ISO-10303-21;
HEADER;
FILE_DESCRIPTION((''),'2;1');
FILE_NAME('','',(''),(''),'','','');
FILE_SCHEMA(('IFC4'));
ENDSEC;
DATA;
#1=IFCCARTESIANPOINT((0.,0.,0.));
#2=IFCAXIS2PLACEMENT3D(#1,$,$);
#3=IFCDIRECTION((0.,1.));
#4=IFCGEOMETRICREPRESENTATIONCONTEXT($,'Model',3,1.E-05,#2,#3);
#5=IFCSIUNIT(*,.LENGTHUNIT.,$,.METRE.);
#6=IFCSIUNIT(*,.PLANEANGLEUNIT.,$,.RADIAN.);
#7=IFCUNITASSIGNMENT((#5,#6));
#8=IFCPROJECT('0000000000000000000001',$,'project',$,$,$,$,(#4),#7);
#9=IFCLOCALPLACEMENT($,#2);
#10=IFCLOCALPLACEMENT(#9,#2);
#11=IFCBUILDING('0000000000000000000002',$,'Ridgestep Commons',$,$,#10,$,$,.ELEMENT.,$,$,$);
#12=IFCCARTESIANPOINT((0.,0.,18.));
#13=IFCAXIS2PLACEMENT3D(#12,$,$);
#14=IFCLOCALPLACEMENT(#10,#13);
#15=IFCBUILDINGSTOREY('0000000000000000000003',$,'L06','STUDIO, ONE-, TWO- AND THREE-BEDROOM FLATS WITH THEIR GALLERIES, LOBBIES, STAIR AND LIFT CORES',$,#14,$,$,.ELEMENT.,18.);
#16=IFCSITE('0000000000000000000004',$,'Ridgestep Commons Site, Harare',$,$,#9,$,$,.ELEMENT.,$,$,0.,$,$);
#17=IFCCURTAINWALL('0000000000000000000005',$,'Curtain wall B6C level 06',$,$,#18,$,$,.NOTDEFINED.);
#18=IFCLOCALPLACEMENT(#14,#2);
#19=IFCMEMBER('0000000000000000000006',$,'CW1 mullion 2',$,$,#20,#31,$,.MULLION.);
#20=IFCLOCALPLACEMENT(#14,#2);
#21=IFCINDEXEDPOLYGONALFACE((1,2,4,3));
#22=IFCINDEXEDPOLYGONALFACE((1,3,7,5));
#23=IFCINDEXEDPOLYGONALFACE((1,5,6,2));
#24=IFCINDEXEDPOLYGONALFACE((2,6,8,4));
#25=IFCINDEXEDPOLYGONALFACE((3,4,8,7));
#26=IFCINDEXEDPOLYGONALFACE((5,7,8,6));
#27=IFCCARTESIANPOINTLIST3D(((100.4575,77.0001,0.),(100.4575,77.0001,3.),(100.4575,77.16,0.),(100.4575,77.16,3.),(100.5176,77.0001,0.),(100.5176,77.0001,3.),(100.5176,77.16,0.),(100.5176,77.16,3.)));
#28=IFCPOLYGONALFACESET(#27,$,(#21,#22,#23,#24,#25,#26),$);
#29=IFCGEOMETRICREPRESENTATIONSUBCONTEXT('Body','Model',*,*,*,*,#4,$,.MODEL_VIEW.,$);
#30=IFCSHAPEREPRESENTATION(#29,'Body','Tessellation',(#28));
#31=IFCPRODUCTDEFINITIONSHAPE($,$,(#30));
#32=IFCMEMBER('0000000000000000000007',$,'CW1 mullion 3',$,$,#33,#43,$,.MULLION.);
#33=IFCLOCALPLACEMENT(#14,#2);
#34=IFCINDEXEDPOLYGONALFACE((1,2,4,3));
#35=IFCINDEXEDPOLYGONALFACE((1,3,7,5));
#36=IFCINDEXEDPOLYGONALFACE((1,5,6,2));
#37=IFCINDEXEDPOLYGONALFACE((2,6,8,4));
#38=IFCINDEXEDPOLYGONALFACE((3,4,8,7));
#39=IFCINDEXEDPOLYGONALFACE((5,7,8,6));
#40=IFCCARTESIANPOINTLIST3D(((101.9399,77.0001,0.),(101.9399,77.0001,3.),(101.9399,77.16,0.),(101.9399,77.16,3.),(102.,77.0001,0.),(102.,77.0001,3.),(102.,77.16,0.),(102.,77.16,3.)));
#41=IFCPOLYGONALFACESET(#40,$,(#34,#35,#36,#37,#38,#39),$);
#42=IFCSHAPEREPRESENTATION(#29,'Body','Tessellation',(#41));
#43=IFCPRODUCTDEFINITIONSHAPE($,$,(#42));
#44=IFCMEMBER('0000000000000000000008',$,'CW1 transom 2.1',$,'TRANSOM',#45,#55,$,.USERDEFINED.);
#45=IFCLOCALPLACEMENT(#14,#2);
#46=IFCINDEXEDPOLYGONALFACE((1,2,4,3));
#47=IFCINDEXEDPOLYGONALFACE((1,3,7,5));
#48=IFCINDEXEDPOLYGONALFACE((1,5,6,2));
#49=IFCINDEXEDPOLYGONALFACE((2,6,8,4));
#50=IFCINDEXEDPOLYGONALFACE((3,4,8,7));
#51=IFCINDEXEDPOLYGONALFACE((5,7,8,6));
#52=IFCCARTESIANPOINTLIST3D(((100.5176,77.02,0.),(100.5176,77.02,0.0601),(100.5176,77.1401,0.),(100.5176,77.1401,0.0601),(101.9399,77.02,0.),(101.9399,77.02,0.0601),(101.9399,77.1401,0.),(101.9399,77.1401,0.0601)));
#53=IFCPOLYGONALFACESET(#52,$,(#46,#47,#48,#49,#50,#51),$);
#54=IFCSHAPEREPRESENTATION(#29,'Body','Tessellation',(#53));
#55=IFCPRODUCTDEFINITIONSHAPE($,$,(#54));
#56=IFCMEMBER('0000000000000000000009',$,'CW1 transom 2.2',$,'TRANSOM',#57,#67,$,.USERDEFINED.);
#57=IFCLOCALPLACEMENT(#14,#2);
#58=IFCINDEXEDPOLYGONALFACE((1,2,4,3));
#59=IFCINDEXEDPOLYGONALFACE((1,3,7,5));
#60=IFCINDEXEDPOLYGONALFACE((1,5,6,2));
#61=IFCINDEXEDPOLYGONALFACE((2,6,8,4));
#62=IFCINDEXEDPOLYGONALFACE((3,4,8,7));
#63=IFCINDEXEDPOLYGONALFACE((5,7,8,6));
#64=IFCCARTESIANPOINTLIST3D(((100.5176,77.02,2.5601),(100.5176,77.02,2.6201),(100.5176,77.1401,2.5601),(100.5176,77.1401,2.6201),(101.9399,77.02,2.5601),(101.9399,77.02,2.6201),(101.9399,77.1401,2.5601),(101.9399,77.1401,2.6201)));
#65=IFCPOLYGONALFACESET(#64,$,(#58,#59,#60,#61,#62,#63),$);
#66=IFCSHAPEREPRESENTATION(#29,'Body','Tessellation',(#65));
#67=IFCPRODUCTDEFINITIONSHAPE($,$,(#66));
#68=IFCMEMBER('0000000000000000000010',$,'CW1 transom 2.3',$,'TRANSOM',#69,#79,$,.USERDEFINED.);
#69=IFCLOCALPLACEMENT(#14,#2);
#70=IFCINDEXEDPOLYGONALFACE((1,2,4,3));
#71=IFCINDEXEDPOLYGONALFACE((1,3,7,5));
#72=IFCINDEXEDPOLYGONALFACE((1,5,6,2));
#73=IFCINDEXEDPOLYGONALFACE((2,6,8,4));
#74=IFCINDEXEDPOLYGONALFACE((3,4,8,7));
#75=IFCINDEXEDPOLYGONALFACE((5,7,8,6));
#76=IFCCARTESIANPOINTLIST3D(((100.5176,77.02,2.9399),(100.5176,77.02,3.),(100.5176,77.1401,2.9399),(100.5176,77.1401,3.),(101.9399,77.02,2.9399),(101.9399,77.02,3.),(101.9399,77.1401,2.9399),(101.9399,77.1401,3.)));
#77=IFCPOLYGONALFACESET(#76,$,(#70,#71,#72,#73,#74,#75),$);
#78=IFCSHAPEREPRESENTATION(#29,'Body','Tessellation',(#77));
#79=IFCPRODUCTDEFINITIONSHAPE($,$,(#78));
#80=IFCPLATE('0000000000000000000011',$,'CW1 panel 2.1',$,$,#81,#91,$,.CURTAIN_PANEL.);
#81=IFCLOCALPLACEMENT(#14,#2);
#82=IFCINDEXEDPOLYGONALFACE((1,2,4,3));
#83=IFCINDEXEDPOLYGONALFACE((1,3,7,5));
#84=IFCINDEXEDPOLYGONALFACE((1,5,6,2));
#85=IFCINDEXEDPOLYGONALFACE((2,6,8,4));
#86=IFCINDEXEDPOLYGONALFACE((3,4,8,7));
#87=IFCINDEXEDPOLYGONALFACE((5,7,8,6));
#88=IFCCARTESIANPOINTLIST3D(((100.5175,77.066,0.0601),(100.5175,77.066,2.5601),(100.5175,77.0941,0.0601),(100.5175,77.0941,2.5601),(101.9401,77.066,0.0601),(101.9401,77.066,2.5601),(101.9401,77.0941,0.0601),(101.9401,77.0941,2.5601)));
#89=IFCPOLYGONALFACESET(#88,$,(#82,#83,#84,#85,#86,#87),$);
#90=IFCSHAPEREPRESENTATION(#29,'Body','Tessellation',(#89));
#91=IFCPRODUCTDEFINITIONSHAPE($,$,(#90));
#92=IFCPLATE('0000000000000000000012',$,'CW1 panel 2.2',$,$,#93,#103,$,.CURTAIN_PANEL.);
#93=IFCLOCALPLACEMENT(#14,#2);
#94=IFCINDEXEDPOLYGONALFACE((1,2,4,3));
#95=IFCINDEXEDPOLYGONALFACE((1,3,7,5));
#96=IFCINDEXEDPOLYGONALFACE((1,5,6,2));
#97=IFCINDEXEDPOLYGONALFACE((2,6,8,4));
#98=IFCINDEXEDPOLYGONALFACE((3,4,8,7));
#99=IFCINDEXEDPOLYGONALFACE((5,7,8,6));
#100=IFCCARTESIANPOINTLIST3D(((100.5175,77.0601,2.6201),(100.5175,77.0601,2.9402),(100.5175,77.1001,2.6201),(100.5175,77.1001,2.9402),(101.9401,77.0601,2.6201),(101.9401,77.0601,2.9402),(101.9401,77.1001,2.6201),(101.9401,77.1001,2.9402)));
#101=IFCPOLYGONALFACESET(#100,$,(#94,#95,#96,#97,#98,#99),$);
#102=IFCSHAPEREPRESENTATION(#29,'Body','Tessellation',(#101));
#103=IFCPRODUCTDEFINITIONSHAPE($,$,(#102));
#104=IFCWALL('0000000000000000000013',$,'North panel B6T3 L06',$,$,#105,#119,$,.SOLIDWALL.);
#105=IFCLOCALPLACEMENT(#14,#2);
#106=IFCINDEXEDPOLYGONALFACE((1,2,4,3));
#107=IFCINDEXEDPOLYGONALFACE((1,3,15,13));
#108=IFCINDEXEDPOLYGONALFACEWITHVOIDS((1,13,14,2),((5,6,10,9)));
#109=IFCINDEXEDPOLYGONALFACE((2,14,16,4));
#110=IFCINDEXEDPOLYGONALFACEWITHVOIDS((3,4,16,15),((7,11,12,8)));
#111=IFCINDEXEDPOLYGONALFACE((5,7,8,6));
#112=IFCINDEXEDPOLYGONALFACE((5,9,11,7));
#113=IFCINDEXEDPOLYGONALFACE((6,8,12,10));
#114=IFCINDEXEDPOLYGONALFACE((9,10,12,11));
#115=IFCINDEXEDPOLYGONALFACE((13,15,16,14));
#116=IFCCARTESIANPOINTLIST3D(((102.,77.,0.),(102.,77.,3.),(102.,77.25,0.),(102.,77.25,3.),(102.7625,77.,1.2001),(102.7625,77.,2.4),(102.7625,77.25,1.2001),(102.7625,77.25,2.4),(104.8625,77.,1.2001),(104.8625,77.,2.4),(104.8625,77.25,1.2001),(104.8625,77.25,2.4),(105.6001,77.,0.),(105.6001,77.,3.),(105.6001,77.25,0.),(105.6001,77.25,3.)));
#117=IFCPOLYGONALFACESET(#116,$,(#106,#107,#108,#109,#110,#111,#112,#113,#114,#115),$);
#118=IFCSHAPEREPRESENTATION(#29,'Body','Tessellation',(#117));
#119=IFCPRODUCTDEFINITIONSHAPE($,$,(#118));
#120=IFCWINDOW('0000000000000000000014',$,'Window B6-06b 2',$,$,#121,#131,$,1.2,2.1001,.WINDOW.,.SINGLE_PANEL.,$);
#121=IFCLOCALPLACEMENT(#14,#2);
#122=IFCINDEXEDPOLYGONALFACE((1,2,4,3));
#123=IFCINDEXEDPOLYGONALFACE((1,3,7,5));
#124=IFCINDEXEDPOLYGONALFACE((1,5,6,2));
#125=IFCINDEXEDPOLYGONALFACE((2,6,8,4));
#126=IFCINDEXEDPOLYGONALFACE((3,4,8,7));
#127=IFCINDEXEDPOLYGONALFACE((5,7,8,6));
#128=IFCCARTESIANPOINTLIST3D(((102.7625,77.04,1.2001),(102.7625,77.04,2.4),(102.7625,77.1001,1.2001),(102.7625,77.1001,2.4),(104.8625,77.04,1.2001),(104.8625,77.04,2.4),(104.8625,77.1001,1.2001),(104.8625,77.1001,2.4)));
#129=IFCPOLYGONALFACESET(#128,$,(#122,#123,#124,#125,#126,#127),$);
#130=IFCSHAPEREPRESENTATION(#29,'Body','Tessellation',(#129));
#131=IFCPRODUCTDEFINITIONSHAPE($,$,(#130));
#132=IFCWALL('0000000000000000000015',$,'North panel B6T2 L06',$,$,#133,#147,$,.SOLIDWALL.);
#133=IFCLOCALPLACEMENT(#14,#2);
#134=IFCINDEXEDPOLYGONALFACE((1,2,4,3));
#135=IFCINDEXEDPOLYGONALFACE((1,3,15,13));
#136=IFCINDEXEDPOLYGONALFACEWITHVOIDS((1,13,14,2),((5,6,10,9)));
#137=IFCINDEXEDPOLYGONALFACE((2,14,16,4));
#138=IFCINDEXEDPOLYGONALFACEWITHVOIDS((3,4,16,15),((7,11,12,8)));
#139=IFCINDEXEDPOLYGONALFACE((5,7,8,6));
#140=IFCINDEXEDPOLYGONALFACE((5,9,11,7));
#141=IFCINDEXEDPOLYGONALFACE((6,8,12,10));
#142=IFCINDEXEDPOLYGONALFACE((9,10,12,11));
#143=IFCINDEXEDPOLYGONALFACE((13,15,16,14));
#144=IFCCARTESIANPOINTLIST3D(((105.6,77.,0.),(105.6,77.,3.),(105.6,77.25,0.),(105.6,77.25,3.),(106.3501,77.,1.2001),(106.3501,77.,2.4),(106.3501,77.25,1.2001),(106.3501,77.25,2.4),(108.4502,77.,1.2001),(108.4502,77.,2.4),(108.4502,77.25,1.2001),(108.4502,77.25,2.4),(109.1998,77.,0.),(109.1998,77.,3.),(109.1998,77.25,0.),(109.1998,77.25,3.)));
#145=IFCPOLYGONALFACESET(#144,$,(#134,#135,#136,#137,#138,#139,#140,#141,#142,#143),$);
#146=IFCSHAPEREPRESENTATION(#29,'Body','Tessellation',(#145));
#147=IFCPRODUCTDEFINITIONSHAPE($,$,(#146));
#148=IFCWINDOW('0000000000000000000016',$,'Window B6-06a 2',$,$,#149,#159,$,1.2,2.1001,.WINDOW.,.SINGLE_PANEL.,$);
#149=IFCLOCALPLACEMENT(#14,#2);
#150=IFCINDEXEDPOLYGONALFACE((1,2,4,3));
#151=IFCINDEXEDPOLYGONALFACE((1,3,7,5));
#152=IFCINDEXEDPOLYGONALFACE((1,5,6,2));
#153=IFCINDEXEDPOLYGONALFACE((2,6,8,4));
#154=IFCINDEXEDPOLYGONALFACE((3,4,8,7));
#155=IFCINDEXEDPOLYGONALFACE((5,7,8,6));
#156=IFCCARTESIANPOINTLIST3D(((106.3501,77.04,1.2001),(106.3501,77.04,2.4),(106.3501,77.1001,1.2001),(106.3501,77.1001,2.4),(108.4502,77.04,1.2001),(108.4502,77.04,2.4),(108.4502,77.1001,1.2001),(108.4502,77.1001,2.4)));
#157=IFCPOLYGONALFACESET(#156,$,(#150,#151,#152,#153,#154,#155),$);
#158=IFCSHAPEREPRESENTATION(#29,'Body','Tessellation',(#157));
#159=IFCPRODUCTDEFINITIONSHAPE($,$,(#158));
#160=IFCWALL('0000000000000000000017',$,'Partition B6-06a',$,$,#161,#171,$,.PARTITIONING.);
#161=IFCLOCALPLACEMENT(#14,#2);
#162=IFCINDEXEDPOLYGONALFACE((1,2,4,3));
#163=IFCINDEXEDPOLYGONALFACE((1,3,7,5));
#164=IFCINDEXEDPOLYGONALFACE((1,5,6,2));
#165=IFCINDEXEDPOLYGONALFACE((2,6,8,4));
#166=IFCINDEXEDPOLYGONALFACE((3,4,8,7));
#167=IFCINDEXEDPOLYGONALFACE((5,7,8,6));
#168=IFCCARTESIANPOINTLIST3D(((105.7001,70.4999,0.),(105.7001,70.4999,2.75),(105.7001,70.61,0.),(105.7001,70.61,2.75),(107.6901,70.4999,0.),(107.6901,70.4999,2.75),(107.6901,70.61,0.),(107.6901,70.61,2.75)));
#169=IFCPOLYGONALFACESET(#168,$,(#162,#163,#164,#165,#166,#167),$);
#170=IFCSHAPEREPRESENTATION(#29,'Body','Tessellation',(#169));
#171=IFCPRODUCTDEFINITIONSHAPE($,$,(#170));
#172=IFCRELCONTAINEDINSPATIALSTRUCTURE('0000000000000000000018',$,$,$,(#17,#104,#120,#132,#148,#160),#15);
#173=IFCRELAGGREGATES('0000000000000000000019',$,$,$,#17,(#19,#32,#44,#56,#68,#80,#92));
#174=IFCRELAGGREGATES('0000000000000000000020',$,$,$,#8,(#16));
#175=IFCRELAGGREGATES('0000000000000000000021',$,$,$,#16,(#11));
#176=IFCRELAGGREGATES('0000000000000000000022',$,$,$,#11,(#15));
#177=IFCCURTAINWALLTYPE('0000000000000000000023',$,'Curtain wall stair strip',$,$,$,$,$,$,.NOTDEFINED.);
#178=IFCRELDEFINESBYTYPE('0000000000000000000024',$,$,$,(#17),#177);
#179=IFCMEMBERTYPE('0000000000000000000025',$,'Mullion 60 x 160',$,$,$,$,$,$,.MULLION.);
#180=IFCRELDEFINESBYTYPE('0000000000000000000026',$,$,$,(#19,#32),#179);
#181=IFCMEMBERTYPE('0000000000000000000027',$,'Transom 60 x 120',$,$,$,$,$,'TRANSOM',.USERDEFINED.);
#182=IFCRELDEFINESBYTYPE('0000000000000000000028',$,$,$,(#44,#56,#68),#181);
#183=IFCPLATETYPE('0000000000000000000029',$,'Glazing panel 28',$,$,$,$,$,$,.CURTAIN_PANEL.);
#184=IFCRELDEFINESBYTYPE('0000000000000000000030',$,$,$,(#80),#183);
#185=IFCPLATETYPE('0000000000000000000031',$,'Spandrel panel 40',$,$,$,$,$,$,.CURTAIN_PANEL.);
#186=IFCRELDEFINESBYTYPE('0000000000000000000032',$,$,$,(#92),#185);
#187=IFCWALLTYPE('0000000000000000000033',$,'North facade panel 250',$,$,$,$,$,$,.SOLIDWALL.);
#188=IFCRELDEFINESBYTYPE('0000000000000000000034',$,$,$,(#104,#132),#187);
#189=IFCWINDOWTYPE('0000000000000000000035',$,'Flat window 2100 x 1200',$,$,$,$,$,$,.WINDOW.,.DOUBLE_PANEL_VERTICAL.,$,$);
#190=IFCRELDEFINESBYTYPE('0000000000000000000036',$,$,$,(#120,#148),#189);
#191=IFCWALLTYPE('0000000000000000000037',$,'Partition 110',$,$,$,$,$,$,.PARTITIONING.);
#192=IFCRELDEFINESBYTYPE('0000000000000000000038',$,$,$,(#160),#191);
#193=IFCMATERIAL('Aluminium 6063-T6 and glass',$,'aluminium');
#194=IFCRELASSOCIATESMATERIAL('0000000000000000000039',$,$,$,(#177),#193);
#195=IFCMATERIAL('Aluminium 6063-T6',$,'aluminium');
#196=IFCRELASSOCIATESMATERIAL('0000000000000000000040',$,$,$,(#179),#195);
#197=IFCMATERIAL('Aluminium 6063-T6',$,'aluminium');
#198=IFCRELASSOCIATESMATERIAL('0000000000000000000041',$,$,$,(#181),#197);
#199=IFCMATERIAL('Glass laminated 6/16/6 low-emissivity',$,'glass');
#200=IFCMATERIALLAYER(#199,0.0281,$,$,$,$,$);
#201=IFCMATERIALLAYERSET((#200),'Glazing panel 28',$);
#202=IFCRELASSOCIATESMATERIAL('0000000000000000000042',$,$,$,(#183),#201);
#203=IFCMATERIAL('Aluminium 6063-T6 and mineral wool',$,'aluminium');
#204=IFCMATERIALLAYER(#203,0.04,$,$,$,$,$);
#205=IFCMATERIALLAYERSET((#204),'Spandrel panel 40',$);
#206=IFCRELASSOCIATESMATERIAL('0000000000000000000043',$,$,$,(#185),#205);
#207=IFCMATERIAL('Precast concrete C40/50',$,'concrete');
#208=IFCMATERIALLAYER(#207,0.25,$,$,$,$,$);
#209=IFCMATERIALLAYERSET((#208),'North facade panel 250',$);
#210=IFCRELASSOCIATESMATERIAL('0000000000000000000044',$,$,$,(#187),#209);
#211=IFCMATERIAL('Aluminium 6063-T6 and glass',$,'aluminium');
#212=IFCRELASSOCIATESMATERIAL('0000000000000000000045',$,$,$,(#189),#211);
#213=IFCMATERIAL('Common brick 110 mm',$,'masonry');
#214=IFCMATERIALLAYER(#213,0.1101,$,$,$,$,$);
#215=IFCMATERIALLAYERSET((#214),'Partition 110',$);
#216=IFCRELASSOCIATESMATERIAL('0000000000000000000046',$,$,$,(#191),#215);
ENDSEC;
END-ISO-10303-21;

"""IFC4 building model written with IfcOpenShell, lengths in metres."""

from ifc_helpers import new_model, si_unit, direction, frame, frame_2d, origin, origin_2d, place, context, subcontext, project, spatial, rectangle, extrude, material, layer, layer_set, material_profile, profile_set, type_object, element, fill, aggregate, save


model = new_model("IFC4")

# Units and contexts
model_context = context("Model", 3, precision=1e-05, world=origin(), true_north=direction((0.0, 1.0)))
body_context = subcontext(model_context, "Body", "Model", "MODEL_VIEW")
ifc_project = project(units=[si_unit("LENGTHUNIT", "METRE"), si_unit("PLANEANGLEUNIT", "RADIAN")], contexts=[model_context])

# Site, building, storey
site_placement = place(None, origin())
site = spatial("IfcSite", under=ifc_project, at=site_placement, Name="Ridgestep Commons Site, Harare", CompositionType="ELEMENT", RefElevation=0.0)
building_placement = place(site_placement, origin())
building = spatial("IfcBuilding", under=site, at=building_placement, Name="Ridgestep Commons", CompositionType="ELEMENT")
storey_placement = place(building_placement, frame((0.0, 0.0, 18.0)))
storey = spatial("IfcBuildingStorey", under=building, at=storey_placement, Name="L06", Description="STUDIO, ONE-, TWO- AND THREE-BEDROOM FLATS WITH THEIR GALLERIES, LOBBIES, STAIR AND LIFT CORES", CompositionType="ELEMENT", Elevation=18.0)

# Curtain wall, members, plates
ifc_material_1 = material(Name="Aluminium 6063-T6 and glass", Category="aluminium")
curtain_wall_type = type_object("IfcCurtainWallType", Name="Curtain wall stair strip", PredefinedType="NOTDEFINED", material=ifc_material_1)
curtain_wall_placement = place(storey_placement, origin())
curtain_wall = element("IfcCurtainWall", 1, at=curtain_wall_placement, inside=storey, type_object=curtain_wall_type, Name="Curtain wall B6C level 06", PredefinedType="NOTDEFINED")
ifc_material_2 = material(Name="Aluminium 6063-T6", Category="aluminium")
ifc_material_profile_1 = material_profile(ifc_material_2, rectangle(XDim=0.1599, YDim=0.0601, at=origin_2d()), Name="Mullion 60 x 160")
ifc_profile_set_1 = profile_set([ifc_material_profile_1], Name="Aluminium 6063-T6")
member_type_1 = type_object("IfcMemberType", Name="Mullion 60 x 160", PredefinedType="MULLION", material=ifc_profile_set_1)
member_1_placement = place(storey_placement, frame((100.4875, 77.0801, 0.0), z_axis=(0.0, 0.0, 1.0), x_axis=(0.0, 1.0, 0.0)))
member_1 = element("IfcMember", 2, at=member_1_placement, type_object=member_type_1, Name="CW1 mullion 2", PredefinedType="MULLION", context=body_context, shape_type="SweptSolid", body=[
    extrude(rectangle(XDim=0.1599, YDim=0.0601, at=origin_2d()), origin(), (0.0, 0.0, 1.0), 3.0),
])
member_2_placement = place(storey_placement, frame((101.97, 77.0801, 0.0), z_axis=(0.0, 0.0, 1.0), x_axis=(0.0, 1.0, 0.0)))
member_2 = element("IfcMember", 3, at=member_2_placement, type_object=member_type_1, Name="CW1 mullion 3", PredefinedType="MULLION", context=body_context, shape_type="SweptSolid", body=[
    extrude(rectangle(XDim=0.1599, YDim=0.0601, at=origin_2d()), origin(), (0.0, 0.0, 1.0), 3.0),
])
ifc_material_3 = material(Name="Aluminium 6063-T6", Category="aluminium")
ifc_material_profile_2 = material_profile(ifc_material_3, rectangle(XDim=0.1201, YDim=0.0601, at=origin_2d()), Name="Transom 60 x 120")
ifc_profile_set_2 = profile_set([ifc_material_profile_2], Name="Aluminium 6063-T6")
member_type_2 = type_object("IfcMemberType", Name="Transom 60 x 120", ElementType="TRANSOM", PredefinedType="USERDEFINED", material=ifc_profile_set_2)
member_3_placement = place(storey_placement, frame((100.5176, 77.0801, 0.03), z_axis=(1.0, 0.0, 0.0), x_axis=(0.0, 1.0, 0.0)))
member_3 = element("IfcMember", 4, at=member_3_placement, type_object=member_type_2, Name="CW1 transom 2.1", ObjectType="TRANSOM", PredefinedType="USERDEFINED", context=body_context, shape_type="SweptSolid", body=[
    extrude(rectangle(XDim=0.1201, YDim=0.0601, at=origin_2d()), origin(), (0.0, 0.0, 1.0), 1.4224),
])
member_4_placement = place(storey_placement, frame((100.5176, 77.0801, 2.5901), z_axis=(1.0, 0.0, 0.0), x_axis=(0.0, 1.0, 0.0)))
member_4 = element("IfcMember", 5, at=member_4_placement, type_object=member_type_2, Name="CW1 transom 2.2", ObjectType="TRANSOM", PredefinedType="USERDEFINED", context=body_context, shape_type="SweptSolid", body=[
    extrude(rectangle(XDim=0.1201, YDim=0.0601, at=origin_2d()), origin(), (0.0, 0.0, 1.0), 1.4224),
])
member_5_placement = place(storey_placement, frame((100.5176, 77.0801, 2.97), z_axis=(1.0, 0.0, 0.0), x_axis=(0.0, 1.0, 0.0)))
member_5 = element("IfcMember", 6, at=member_5_placement, type_object=member_type_2, Name="CW1 transom 2.3", ObjectType="TRANSOM", PredefinedType="USERDEFINED", context=body_context, shape_type="SweptSolid", body=[
    extrude(rectangle(XDim=0.1201, YDim=0.0601, at=origin_2d()), origin(), (0.0, 0.0, 1.0), 1.4224),
])
ifc_material_4 = material(Name="Glass laminated 6/16/6 low-emissivity", Category="glass")
ifc_layer_1 = layer(ifc_material_4, 0.0281)
ifc_layer_set_1 = layer_set([ifc_layer_1], Name="Glazing panel 28")
plate_type_1 = type_object("IfcPlateType", Name="Glazing panel 28", PredefinedType="CURTAIN_PANEL", material=ifc_layer_set_1)
plate_1_placement = place(storey_placement, frame((101.2288, 77.0801, 0.0601), z_axis=(0.0, 0.0, 1.0), x_axis=(1.0, 0.0, 0.0)))
plate_1 = element("IfcPlate", 7, at=plate_1_placement, type_object=plate_type_1, Name="CW1 panel 2.1", PredefinedType="CURTAIN_PANEL", context=body_context, shape_type="SweptSolid", body=[
    extrude(rectangle(XDim=1.4226, YDim=0.0281, at=origin_2d()), origin(), (0.0, 0.0, 1.0), 2.5),
])
ifc_material_5 = material(Name="Aluminium 6063-T6 and mineral wool", Category="aluminium")
ifc_layer_2 = layer(ifc_material_5, 0.04)
ifc_layer_set_2 = layer_set([ifc_layer_2], Name="Spandrel panel 40")
plate_type_2 = type_object("IfcPlateType", Name="Spandrel panel 40", PredefinedType="CURTAIN_PANEL", material=ifc_layer_set_2)
plate_2_placement = place(storey_placement, frame((101.2288, 77.0801, 2.6201), z_axis=(0.0, 0.0, 1.0), x_axis=(1.0, 0.0, 0.0)))
plate_2 = element("IfcPlate", 8, at=plate_2_placement, type_object=plate_type_2, Name="CW1 panel 2.2", PredefinedType="CURTAIN_PANEL", context=body_context, shape_type="SweptSolid", body=[
    extrude(rectangle(XDim=1.4226, YDim=0.04, at=origin_2d()), origin(), (0.0, 0.0, 1.0), 0.3201),
])
aggregate(curtain_wall, [member_1, member_2, member_3, member_4, member_5, plate_1, plate_2])

# Walls, openings, windows
ifc_material_6 = material(Name="Precast concrete C40/50", Category="concrete")
ifc_layer_3 = layer(ifc_material_6, 0.25)
ifc_layer_set_3 = layer_set([ifc_layer_3], Name="North facade panel 250")
wall_type_1 = type_object("IfcWallType", Name="North facade panel 250", PredefinedType="SOLIDWALL", material=ifc_layer_set_3)
wall_1_placement = place(storey_placement, frame((102.0, 77.125, 0.0), z_axis=(0.0, 0.0, 1.0), x_axis=(1.0, 0.0, 0.0)))
wall_1 = element("IfcWall", 9, at=wall_1_placement, inside=storey, type_object=wall_type_1, Name="North panel B6T3 L06", PredefinedType="SOLIDWALL", context=body_context, shape_type="SweptSolid", body=[
    extrude(rectangle(XDim=3.6001, YDim=0.25, at=frame_2d((1.8, 0.0))), origin(), (0.0, 0.0, 1.0), 3.0),
])
opening_1_placement = place(wall_1_placement, frame((0.7625, 0.0, 1.2)))
opening_1 = element("IfcOpeningElement", 10, at=opening_1_placement, cuts=wall_1, PredefinedType="OPENING", context=body_context, shape_type="SweptSolid", body=[
    extrude(rectangle(XDim=2.1001, YDim=1.2, at=frame_2d((1.05, 0.6001))), frame((0.0, 0.135, 0.0), z_axis=(0.0, -1.0, 0.0), x_axis=(1.0, 0.0, 0.0)), (0.0, 0.0, 1.0), 0.27),
])
ifc_material_7 = material(Name="Aluminium 6063-T6 and glass", Category="aluminium")
window_type = type_object("IfcWindowType", Name="Flat window 2100 x 1200", PartitioningType="DOUBLE_PANEL_VERTICAL", PredefinedType="WINDOW", material=ifc_material_7)
window_1_placement = place(opening_1_placement, origin())
window_1 = element("IfcWindow", 11, at=window_1_placement, inside=storey, type_object=window_type, Name="Window B6-06b 2", OverallHeight=1.2, OverallWidth=2.1001, PartitioningType="SINGLE_PANEL", PredefinedType="WINDOW", context=body_context, shape_type="SweptSolid", body=[
    extrude(rectangle(XDim=2.1001, YDim=1.2, at=frame_2d((1.05, 0.6001))), frame((0.0, -0.0249, 0.0), z_axis=(0.0, -1.0, 0.0), x_axis=(1.0, 0.0, 0.0)), (0.0, 0.0, 1.0), 0.0601),
])
fill(opening_1, window_1)
wall_2_placement = place(storey_placement, frame((105.6001, 77.125, 0.0), z_axis=(0.0, 0.0, 1.0), x_axis=(1.0, 0.0, 0.0)))
wall_2 = element("IfcWall", 12, at=wall_2_placement, inside=storey, type_object=wall_type_1, Name="North panel B6T2 L06", PredefinedType="SOLIDWALL", context=body_context, shape_type="SweptSolid", body=[
    extrude(rectangle(XDim=3.5999, YDim=0.25, at=frame_2d((1.7998, 0.0))), origin(), (0.0, 0.0, 1.0), 3.0),
])
opening_2_placement = place(wall_2_placement, frame((0.75, 0.0, 1.2)))
opening_2 = element("IfcOpeningElement", 13, at=opening_2_placement, cuts=wall_2, PredefinedType="OPENING", context=body_context, shape_type="SweptSolid", body=[
    extrude(rectangle(XDim=2.1001, YDim=1.2, at=frame_2d((1.05, 0.6001))), frame((0.0, 0.135, 0.0), z_axis=(0.0, -1.0, 0.0), x_axis=(1.0, 0.0, 0.0)), (0.0, 0.0, 1.0), 0.27),
])
window_2_placement = place(opening_2_placement, origin())
window_2 = element("IfcWindow", 14, at=window_2_placement, inside=storey, type_object=window_type, Name="Window B6-06a 2", OverallHeight=1.2, OverallWidth=2.1001, PartitioningType="SINGLE_PANEL", PredefinedType="WINDOW", context=body_context, shape_type="SweptSolid", body=[
    extrude(rectangle(XDim=2.1001, YDim=1.2, at=frame_2d((1.05, 0.6001))), frame((0.0, -0.0249, 0.0), z_axis=(0.0, -1.0, 0.0), x_axis=(1.0, 0.0, 0.0)), (0.0, 0.0, 1.0), 0.0601),
])
fill(opening_2, window_2)

# Wall
ifc_material_8 = material(Name="Common brick 110 mm", Category="masonry")
ifc_layer_4 = layer(ifc_material_8, 0.1101)
ifc_layer_set_4 = layer_set([ifc_layer_4], Name="Partition 110")
wall_type_2 = type_object("IfcWallType", Name="Partition 110", PredefinedType="PARTITIONING", material=ifc_layer_set_4)
wall_3_placement = place(storey_placement, frame((105.7, 70.5549, 0.0), z_axis=(0.0, 0.0, 1.0), x_axis=(1.0, 0.0, 0.0)))
element("IfcWall", 15, at=wall_3_placement, inside=storey, type_object=wall_type_2, Name="Partition B6-06a", PredefinedType="PARTITIONING", context=body_context, shape_type="SweptSolid", body=[
    extrude(rectangle(XDim=1.99, YDim=0.1101, at=frame_2d((0.9951, 0.0))), origin(), (0.0, 0.0, 1.0), 2.75),
])

save(model, "model.ifc")
